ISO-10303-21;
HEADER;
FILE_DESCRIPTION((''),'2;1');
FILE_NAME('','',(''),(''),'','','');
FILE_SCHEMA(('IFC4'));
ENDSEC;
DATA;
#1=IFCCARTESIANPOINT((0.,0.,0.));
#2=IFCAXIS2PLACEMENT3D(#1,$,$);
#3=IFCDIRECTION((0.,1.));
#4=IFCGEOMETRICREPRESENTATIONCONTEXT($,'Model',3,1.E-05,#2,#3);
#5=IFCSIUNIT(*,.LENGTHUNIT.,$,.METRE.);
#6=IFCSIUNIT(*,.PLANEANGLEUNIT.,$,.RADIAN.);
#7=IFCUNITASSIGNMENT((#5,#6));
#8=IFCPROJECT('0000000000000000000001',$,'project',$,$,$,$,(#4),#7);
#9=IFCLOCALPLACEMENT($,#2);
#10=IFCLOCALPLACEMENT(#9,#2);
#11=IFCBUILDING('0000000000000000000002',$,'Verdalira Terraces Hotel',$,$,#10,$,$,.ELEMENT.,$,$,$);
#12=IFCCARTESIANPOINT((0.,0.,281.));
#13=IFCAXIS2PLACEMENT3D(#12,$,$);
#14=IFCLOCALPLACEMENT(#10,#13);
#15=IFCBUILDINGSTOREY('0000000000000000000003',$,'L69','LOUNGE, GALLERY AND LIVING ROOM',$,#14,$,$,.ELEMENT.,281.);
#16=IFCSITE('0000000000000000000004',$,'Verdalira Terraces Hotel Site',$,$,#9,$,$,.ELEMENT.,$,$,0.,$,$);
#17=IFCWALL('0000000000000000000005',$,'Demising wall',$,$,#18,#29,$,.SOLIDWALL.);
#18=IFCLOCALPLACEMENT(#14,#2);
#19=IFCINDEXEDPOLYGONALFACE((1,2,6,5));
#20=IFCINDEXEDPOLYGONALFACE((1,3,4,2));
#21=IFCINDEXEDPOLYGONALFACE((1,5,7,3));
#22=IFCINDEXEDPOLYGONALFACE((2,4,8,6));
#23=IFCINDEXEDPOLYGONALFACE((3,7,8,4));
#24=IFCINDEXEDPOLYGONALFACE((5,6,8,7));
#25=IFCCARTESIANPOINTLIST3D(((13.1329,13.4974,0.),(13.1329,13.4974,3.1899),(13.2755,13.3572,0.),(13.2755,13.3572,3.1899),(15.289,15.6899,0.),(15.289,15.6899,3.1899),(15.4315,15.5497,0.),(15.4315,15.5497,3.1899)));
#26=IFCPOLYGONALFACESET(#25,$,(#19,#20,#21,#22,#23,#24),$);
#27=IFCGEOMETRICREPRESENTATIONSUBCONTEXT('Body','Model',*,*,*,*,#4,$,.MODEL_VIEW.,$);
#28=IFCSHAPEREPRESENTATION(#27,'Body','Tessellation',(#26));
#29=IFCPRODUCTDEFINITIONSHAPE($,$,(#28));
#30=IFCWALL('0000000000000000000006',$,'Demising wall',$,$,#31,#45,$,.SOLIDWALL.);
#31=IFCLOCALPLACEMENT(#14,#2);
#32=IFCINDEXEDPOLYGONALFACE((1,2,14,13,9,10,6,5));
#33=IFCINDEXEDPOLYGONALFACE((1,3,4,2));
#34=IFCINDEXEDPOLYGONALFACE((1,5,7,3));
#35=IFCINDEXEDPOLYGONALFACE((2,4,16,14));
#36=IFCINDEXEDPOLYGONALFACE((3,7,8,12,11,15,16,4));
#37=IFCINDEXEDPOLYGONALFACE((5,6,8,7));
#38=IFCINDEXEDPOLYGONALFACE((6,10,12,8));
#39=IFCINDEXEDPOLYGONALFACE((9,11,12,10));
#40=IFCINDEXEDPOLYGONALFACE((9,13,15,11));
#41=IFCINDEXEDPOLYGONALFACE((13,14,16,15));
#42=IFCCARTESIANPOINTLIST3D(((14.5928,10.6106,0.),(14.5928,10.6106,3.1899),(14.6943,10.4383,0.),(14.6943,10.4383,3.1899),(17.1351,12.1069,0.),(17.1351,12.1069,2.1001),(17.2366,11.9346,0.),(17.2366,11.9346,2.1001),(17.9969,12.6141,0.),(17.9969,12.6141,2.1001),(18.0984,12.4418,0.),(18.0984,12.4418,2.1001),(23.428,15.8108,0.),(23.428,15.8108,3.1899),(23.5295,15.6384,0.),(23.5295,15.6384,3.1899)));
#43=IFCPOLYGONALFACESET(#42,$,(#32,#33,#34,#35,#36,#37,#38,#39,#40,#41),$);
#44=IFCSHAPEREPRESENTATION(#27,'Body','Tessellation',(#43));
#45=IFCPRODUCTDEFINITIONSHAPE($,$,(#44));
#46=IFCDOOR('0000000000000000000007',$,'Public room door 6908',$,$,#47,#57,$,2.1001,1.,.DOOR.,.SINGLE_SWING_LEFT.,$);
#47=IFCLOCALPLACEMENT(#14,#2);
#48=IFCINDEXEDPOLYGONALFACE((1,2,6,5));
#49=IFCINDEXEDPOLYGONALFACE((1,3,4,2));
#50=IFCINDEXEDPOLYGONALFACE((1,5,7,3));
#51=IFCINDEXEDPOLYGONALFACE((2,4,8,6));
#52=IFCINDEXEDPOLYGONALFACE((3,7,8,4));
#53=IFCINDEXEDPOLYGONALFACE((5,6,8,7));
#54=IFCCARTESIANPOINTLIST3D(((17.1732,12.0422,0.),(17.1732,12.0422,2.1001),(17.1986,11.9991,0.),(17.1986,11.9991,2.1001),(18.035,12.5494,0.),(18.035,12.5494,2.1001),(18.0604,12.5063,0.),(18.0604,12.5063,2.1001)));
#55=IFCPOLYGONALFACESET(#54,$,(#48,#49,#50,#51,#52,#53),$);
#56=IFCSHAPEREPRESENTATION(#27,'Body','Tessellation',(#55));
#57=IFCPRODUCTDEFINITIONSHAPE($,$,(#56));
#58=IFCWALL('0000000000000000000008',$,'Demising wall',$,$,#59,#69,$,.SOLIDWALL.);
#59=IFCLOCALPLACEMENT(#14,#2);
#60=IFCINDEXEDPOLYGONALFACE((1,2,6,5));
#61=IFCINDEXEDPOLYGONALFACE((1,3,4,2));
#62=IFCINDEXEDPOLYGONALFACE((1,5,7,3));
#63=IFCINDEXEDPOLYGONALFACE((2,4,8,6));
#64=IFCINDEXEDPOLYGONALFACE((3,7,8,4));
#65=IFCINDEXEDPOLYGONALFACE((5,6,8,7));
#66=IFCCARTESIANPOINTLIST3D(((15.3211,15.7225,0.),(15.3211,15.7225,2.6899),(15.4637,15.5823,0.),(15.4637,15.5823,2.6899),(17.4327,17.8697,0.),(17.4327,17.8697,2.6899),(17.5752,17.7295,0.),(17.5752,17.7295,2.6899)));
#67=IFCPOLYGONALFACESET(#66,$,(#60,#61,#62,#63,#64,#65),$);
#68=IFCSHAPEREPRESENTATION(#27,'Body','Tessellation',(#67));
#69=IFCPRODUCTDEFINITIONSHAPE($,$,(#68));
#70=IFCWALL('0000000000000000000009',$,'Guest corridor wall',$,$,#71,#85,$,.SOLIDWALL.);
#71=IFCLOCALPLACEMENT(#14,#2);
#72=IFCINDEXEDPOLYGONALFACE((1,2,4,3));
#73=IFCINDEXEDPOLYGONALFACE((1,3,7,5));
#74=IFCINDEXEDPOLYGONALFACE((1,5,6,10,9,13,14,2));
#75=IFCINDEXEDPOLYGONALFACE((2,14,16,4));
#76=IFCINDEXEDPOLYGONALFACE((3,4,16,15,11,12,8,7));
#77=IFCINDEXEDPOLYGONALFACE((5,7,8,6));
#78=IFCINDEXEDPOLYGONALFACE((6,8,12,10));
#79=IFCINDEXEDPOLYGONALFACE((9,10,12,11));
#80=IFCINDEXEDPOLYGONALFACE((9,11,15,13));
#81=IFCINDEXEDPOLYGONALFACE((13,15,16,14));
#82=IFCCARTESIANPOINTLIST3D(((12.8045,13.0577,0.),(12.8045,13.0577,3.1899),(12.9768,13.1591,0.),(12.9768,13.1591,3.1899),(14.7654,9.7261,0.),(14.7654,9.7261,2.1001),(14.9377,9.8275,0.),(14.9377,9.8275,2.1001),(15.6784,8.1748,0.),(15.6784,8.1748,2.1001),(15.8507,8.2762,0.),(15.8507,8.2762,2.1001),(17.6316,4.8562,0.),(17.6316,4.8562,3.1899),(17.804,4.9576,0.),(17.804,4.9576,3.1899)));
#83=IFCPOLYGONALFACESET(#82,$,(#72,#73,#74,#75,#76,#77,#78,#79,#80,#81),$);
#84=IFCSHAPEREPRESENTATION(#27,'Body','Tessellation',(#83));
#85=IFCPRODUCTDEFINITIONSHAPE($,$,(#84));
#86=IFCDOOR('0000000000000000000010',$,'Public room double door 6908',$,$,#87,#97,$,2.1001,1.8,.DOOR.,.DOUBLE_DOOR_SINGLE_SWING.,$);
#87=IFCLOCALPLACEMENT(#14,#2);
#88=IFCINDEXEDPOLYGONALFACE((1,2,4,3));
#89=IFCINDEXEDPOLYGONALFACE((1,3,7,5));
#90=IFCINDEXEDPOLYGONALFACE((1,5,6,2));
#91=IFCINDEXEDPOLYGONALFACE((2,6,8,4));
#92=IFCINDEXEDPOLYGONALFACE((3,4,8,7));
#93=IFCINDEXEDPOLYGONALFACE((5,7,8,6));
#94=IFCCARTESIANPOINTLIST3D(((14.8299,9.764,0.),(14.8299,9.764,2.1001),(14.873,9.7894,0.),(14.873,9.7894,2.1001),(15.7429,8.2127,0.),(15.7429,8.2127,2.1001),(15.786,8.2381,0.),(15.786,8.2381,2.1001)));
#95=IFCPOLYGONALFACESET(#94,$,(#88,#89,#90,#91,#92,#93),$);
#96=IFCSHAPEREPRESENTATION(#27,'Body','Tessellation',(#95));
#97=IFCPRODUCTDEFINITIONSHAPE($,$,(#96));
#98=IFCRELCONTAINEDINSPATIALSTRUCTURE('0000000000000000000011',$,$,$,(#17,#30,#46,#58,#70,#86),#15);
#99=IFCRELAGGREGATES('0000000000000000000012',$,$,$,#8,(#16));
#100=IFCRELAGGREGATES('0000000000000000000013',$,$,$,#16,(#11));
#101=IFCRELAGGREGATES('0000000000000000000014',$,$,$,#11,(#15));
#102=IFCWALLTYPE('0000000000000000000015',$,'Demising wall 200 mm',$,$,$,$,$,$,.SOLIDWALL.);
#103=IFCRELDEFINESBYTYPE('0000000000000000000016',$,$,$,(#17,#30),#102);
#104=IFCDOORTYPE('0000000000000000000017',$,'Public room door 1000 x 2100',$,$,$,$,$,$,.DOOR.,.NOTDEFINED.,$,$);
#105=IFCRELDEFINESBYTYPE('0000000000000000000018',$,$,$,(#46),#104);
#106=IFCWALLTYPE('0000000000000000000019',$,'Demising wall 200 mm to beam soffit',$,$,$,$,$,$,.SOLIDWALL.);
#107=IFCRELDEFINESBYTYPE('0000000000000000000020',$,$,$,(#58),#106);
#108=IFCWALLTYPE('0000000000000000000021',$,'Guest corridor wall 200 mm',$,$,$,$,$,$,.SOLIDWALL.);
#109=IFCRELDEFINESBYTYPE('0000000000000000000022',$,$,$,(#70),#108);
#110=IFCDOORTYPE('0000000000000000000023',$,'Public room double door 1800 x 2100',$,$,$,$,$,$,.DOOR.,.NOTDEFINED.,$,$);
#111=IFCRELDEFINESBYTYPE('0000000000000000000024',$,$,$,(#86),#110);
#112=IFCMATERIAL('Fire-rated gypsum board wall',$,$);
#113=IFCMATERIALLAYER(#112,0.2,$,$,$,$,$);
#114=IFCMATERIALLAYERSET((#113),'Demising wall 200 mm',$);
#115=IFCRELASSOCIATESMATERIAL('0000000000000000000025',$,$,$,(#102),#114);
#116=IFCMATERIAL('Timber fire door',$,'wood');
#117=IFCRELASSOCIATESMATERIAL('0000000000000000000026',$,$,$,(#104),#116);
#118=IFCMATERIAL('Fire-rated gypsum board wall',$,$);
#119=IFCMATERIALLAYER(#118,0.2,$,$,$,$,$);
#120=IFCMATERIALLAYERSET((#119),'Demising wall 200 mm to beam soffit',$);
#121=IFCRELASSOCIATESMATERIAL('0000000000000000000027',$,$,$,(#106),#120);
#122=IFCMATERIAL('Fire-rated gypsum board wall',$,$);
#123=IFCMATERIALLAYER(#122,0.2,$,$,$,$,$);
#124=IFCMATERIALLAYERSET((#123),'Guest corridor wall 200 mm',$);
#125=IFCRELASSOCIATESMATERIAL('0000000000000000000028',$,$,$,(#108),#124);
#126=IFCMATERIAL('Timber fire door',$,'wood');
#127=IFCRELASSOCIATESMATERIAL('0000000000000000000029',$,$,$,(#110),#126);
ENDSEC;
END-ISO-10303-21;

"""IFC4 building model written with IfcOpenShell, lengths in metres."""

from ifc_helpers import new_model, si_unit, direction, frame, frame_2d, origin, place, context, subcontext, project, spatial, rectangle, extrude, material, layer, layer_set, type_object, element, fill, save


model = new_model("IFC4")

# Units and contexts
model_context = context("Model", 3, precision=1e-05, world=origin(), true_north=direction((0.0, 1.0)))
body_context = subcontext(model_context, "Body", "Model", "MODEL_VIEW")
ifc_project = project(units=[si_unit("LENGTHUNIT", "METRE"), si_unit("PLANEANGLEUNIT", "RADIAN")], contexts=[model_context])

# Site, building, storey
site_placement = place(None, origin())
site = spatial("IfcSite", under=ifc_project, at=site_placement, Name="Verdalira Terraces Hotel Site", CompositionType="ELEMENT", RefElevation=0.0)
building_placement = place(site_placement, origin())
building = spatial("IfcBuilding", under=site, at=building_placement, Name="Verdalira Terraces Hotel", CompositionType="ELEMENT")
storey_placement = place(building_placement, frame((0.0, 0.0, 281.0)))
storey = spatial("IfcBuildingStorey", under=building, at=storey_placement, Name="L69", Description="LOUNGE, GALLERY AND LIVING ROOM", CompositionType="ELEMENT", Elevation=281.0)

# Wall
ifc_material_1 = material(Name="Fire-rated gypsum board wall")
ifc_layer_1 = layer(ifc_material_1, 0.2)
ifc_layer_set_1 = layer_set([ifc_layer_1], Name="Demising wall 200 mm")
wall_type_1 = type_object("IfcWallType", Name="Demising wall 200 mm", PredefinedType="SOLIDWALL", material=ifc_layer_set_1)
wall_1_placement = place(storey_placement, frame((13.2041, 13.4272, 0.0), z_axis=(0.0, 0.0, 1.0), x_axis=(0.701167, 0.712997, 0.0)))
element("IfcWall", 1, at=wall_1_placement, inside=storey, type_object=wall_type_1, Name="Demising wall", PredefinedType="SOLIDWALL", context=body_context, shape_type="SweptSolid", body=[
    extrude(rectangle(XDim=3.075, YDim=0.2, at=frame_2d((1.5376, 0.0))), origin(), (0.0, 0.0, 1.0), 3.1899),
])

# Wall, opening, door
wall_2_placement = place(storey_placement, frame((14.6436, 10.5244, 0.0), z_axis=(0.0, 0.0, 1.0), x_axis=(0.861806, 0.507239, 0.0)))
wall_2 = element("IfcWall", 2, at=wall_2_placement, inside=storey, type_object=wall_type_1, Name="Demising wall", PredefinedType="SOLIDWALL", context=body_context, shape_type="SweptSolid", body=[
    extrude(rectangle(XDim=10.252, YDim=0.2, at=frame_2d((5.126, 0.0))), origin(), (0.0, 0.0, 1.0), 3.1899),
])
opening_1_placement = place(wall_2_placement, frame((2.95, 0.0, 0.0)))
opening_1 = element("IfcOpeningElement", 3, at=opening_1_placement, cuts=wall_2, PredefinedType="OPENING", context=body_context, shape_type="SweptSolid", body=[
    extrude(rectangle(XDim=1.0, YDim=2.1001, at=frame_2d((0.5, 1.05))), frame((0.0, 0.1099, 0.0), z_axis=(0.0, -1.0, 0.0), x_axis=(1.0, 0.0, 0.0)), (0.0, 0.0, 1.0), 0.22),
])
ifc_material_2 = material(Name="Timber fire door", Category="wood")
door_type_1 = type_object("IfcDoorType", Name="Public room door 1000 x 2100", OperationType="NOTDEFINED", PredefinedType="DOOR", material=ifc_material_2)
door_1_placement = place(opening_1_placement, origin())
door_1 = element("IfcDoor", 4, at=door_1_placement, inside=storey, type_object=door_type_1, Name="Public room door 6908", OperationType="SINGLE_SWING_LEFT", OverallHeight=2.1001, OverallWidth=1.0, PredefinedType="DOOR", context=body_context, shape_type="SweptSolid", body=[
    extrude(rectangle(XDim=1.0, YDim=2.1001, at=frame_2d((0.5, 1.05))), frame((0.0, 0.0249, 0.0), z_axis=(0.0, -1.0, 0.0), x_axis=(1.0, 0.0, 0.0)), (0.0, 0.0, 1.0), 0.05),
])
fill(opening_1, door_1)

# Wall
ifc_material_3 = material(Name="Fire-rated gypsum board wall")
ifc_layer_2 = layer(ifc_material_3, 0.2)
ifc_layer_set_2 = layer_set([ifc_layer_2], Name="Demising wall 200 mm to beam soffit")
wall_type_2 = type_object("IfcWallType", Name="Demising wall 200 mm to beam soffit", PredefinedType="SOLIDWALL", material=ifc_layer_set_2)
wall_3_placement = place(storey_placement, frame((15.3923, 15.6523, 0.0), z_axis=(0.0, 0.0, 1.0), x_axis=(0.701164, 0.713, 0.0)))
element("IfcWall", 5, at=wall_3_placement, inside=storey, type_object=wall_type_2, Name="Demising wall", PredefinedType="SOLIDWALL", context=body_context, shape_type="SweptSolid", body=[
    extrude(rectangle(XDim=3.0115, YDim=0.2, at=frame_2d((1.5059, 0.0))), origin(), (0.0, 0.0, 1.0), 2.6899),
])

# Wall, opening, door
ifc_material_4 = material(Name="Fire-rated gypsum board wall")
ifc_layer_3 = layer(ifc_material_4, 0.2)
ifc_layer_set_3 = layer_set([ifc_layer_3], Name="Guest corridor wall 200 mm")
wall_type_3 = type_object("IfcWallType", Name="Guest corridor wall 200 mm", PredefinedType="SOLIDWALL", material=ifc_layer_set_3)
wall_4_placement = place(storey_placement, frame((12.8906, 13.1084, 0.0), z_axis=(0.0, 0.0, 1.0), x_axis=(0.507238, -0.861806, 0.0)))
wall_4 = element("IfcWall", 6, at=wall_4_placement, inside=storey, type_object=wall_type_3, Name="Guest corridor wall", PredefinedType="SOLIDWALL", context=body_context, shape_type="SweptSolid", body=[
    extrude(rectangle(XDim=9.5166, YDim=0.2, at=frame_2d((4.7583, 0.0))), origin(), (0.0, 0.0, 1.0), 3.1899),
])
opening_2_placement = place(wall_4_placement, frame((3.866, 0.0, 0.0)))
opening_2 = element("IfcOpeningElement", 7, at=opening_2_placement, cuts=wall_4, PredefinedType="OPENING", context=body_context, shape_type="SweptSolid", body=[
    extrude(rectangle(XDim=1.8, YDim=2.1001, at=frame_2d((0.8999, 1.05))), frame((0.0, 0.1099, 0.0), z_axis=(0.0, -1.0, 0.0), x_axis=(1.0, 0.0, 0.0)), (0.0, 0.0, 1.0), 0.22),
])
ifc_material_5 = material(Name="Timber fire door", Category="wood")
door_type_2 = type_object("IfcDoorType", Name="Public room double door 1800 x 2100", OperationType="NOTDEFINED", PredefinedType="DOOR", material=ifc_material_5)
door_2_placement = place(opening_2_placement, origin())
door_2 = element("IfcDoor", 8, at=door_2_placement, inside=storey, type_object=door_type_2, Name="Public room double door 6908", OperationType="DOUBLE_DOOR_SINGLE_SWING", OverallHeight=2.1001, OverallWidth=1.8, PredefinedType="DOOR", context=body_context, shape_type="SweptSolid", body=[
    extrude(rectangle(XDim=1.8, YDim=2.1001, at=frame_2d((0.8999, 1.05))), frame((0.0, 0.0249, 0.0), z_axis=(0.0, -1.0, 0.0), x_axis=(1.0, 0.0, 0.0)), (0.0, 0.0, 1.0), 0.05),
])
fill(opening_2, door_2)

save(model, "model.ifc")
